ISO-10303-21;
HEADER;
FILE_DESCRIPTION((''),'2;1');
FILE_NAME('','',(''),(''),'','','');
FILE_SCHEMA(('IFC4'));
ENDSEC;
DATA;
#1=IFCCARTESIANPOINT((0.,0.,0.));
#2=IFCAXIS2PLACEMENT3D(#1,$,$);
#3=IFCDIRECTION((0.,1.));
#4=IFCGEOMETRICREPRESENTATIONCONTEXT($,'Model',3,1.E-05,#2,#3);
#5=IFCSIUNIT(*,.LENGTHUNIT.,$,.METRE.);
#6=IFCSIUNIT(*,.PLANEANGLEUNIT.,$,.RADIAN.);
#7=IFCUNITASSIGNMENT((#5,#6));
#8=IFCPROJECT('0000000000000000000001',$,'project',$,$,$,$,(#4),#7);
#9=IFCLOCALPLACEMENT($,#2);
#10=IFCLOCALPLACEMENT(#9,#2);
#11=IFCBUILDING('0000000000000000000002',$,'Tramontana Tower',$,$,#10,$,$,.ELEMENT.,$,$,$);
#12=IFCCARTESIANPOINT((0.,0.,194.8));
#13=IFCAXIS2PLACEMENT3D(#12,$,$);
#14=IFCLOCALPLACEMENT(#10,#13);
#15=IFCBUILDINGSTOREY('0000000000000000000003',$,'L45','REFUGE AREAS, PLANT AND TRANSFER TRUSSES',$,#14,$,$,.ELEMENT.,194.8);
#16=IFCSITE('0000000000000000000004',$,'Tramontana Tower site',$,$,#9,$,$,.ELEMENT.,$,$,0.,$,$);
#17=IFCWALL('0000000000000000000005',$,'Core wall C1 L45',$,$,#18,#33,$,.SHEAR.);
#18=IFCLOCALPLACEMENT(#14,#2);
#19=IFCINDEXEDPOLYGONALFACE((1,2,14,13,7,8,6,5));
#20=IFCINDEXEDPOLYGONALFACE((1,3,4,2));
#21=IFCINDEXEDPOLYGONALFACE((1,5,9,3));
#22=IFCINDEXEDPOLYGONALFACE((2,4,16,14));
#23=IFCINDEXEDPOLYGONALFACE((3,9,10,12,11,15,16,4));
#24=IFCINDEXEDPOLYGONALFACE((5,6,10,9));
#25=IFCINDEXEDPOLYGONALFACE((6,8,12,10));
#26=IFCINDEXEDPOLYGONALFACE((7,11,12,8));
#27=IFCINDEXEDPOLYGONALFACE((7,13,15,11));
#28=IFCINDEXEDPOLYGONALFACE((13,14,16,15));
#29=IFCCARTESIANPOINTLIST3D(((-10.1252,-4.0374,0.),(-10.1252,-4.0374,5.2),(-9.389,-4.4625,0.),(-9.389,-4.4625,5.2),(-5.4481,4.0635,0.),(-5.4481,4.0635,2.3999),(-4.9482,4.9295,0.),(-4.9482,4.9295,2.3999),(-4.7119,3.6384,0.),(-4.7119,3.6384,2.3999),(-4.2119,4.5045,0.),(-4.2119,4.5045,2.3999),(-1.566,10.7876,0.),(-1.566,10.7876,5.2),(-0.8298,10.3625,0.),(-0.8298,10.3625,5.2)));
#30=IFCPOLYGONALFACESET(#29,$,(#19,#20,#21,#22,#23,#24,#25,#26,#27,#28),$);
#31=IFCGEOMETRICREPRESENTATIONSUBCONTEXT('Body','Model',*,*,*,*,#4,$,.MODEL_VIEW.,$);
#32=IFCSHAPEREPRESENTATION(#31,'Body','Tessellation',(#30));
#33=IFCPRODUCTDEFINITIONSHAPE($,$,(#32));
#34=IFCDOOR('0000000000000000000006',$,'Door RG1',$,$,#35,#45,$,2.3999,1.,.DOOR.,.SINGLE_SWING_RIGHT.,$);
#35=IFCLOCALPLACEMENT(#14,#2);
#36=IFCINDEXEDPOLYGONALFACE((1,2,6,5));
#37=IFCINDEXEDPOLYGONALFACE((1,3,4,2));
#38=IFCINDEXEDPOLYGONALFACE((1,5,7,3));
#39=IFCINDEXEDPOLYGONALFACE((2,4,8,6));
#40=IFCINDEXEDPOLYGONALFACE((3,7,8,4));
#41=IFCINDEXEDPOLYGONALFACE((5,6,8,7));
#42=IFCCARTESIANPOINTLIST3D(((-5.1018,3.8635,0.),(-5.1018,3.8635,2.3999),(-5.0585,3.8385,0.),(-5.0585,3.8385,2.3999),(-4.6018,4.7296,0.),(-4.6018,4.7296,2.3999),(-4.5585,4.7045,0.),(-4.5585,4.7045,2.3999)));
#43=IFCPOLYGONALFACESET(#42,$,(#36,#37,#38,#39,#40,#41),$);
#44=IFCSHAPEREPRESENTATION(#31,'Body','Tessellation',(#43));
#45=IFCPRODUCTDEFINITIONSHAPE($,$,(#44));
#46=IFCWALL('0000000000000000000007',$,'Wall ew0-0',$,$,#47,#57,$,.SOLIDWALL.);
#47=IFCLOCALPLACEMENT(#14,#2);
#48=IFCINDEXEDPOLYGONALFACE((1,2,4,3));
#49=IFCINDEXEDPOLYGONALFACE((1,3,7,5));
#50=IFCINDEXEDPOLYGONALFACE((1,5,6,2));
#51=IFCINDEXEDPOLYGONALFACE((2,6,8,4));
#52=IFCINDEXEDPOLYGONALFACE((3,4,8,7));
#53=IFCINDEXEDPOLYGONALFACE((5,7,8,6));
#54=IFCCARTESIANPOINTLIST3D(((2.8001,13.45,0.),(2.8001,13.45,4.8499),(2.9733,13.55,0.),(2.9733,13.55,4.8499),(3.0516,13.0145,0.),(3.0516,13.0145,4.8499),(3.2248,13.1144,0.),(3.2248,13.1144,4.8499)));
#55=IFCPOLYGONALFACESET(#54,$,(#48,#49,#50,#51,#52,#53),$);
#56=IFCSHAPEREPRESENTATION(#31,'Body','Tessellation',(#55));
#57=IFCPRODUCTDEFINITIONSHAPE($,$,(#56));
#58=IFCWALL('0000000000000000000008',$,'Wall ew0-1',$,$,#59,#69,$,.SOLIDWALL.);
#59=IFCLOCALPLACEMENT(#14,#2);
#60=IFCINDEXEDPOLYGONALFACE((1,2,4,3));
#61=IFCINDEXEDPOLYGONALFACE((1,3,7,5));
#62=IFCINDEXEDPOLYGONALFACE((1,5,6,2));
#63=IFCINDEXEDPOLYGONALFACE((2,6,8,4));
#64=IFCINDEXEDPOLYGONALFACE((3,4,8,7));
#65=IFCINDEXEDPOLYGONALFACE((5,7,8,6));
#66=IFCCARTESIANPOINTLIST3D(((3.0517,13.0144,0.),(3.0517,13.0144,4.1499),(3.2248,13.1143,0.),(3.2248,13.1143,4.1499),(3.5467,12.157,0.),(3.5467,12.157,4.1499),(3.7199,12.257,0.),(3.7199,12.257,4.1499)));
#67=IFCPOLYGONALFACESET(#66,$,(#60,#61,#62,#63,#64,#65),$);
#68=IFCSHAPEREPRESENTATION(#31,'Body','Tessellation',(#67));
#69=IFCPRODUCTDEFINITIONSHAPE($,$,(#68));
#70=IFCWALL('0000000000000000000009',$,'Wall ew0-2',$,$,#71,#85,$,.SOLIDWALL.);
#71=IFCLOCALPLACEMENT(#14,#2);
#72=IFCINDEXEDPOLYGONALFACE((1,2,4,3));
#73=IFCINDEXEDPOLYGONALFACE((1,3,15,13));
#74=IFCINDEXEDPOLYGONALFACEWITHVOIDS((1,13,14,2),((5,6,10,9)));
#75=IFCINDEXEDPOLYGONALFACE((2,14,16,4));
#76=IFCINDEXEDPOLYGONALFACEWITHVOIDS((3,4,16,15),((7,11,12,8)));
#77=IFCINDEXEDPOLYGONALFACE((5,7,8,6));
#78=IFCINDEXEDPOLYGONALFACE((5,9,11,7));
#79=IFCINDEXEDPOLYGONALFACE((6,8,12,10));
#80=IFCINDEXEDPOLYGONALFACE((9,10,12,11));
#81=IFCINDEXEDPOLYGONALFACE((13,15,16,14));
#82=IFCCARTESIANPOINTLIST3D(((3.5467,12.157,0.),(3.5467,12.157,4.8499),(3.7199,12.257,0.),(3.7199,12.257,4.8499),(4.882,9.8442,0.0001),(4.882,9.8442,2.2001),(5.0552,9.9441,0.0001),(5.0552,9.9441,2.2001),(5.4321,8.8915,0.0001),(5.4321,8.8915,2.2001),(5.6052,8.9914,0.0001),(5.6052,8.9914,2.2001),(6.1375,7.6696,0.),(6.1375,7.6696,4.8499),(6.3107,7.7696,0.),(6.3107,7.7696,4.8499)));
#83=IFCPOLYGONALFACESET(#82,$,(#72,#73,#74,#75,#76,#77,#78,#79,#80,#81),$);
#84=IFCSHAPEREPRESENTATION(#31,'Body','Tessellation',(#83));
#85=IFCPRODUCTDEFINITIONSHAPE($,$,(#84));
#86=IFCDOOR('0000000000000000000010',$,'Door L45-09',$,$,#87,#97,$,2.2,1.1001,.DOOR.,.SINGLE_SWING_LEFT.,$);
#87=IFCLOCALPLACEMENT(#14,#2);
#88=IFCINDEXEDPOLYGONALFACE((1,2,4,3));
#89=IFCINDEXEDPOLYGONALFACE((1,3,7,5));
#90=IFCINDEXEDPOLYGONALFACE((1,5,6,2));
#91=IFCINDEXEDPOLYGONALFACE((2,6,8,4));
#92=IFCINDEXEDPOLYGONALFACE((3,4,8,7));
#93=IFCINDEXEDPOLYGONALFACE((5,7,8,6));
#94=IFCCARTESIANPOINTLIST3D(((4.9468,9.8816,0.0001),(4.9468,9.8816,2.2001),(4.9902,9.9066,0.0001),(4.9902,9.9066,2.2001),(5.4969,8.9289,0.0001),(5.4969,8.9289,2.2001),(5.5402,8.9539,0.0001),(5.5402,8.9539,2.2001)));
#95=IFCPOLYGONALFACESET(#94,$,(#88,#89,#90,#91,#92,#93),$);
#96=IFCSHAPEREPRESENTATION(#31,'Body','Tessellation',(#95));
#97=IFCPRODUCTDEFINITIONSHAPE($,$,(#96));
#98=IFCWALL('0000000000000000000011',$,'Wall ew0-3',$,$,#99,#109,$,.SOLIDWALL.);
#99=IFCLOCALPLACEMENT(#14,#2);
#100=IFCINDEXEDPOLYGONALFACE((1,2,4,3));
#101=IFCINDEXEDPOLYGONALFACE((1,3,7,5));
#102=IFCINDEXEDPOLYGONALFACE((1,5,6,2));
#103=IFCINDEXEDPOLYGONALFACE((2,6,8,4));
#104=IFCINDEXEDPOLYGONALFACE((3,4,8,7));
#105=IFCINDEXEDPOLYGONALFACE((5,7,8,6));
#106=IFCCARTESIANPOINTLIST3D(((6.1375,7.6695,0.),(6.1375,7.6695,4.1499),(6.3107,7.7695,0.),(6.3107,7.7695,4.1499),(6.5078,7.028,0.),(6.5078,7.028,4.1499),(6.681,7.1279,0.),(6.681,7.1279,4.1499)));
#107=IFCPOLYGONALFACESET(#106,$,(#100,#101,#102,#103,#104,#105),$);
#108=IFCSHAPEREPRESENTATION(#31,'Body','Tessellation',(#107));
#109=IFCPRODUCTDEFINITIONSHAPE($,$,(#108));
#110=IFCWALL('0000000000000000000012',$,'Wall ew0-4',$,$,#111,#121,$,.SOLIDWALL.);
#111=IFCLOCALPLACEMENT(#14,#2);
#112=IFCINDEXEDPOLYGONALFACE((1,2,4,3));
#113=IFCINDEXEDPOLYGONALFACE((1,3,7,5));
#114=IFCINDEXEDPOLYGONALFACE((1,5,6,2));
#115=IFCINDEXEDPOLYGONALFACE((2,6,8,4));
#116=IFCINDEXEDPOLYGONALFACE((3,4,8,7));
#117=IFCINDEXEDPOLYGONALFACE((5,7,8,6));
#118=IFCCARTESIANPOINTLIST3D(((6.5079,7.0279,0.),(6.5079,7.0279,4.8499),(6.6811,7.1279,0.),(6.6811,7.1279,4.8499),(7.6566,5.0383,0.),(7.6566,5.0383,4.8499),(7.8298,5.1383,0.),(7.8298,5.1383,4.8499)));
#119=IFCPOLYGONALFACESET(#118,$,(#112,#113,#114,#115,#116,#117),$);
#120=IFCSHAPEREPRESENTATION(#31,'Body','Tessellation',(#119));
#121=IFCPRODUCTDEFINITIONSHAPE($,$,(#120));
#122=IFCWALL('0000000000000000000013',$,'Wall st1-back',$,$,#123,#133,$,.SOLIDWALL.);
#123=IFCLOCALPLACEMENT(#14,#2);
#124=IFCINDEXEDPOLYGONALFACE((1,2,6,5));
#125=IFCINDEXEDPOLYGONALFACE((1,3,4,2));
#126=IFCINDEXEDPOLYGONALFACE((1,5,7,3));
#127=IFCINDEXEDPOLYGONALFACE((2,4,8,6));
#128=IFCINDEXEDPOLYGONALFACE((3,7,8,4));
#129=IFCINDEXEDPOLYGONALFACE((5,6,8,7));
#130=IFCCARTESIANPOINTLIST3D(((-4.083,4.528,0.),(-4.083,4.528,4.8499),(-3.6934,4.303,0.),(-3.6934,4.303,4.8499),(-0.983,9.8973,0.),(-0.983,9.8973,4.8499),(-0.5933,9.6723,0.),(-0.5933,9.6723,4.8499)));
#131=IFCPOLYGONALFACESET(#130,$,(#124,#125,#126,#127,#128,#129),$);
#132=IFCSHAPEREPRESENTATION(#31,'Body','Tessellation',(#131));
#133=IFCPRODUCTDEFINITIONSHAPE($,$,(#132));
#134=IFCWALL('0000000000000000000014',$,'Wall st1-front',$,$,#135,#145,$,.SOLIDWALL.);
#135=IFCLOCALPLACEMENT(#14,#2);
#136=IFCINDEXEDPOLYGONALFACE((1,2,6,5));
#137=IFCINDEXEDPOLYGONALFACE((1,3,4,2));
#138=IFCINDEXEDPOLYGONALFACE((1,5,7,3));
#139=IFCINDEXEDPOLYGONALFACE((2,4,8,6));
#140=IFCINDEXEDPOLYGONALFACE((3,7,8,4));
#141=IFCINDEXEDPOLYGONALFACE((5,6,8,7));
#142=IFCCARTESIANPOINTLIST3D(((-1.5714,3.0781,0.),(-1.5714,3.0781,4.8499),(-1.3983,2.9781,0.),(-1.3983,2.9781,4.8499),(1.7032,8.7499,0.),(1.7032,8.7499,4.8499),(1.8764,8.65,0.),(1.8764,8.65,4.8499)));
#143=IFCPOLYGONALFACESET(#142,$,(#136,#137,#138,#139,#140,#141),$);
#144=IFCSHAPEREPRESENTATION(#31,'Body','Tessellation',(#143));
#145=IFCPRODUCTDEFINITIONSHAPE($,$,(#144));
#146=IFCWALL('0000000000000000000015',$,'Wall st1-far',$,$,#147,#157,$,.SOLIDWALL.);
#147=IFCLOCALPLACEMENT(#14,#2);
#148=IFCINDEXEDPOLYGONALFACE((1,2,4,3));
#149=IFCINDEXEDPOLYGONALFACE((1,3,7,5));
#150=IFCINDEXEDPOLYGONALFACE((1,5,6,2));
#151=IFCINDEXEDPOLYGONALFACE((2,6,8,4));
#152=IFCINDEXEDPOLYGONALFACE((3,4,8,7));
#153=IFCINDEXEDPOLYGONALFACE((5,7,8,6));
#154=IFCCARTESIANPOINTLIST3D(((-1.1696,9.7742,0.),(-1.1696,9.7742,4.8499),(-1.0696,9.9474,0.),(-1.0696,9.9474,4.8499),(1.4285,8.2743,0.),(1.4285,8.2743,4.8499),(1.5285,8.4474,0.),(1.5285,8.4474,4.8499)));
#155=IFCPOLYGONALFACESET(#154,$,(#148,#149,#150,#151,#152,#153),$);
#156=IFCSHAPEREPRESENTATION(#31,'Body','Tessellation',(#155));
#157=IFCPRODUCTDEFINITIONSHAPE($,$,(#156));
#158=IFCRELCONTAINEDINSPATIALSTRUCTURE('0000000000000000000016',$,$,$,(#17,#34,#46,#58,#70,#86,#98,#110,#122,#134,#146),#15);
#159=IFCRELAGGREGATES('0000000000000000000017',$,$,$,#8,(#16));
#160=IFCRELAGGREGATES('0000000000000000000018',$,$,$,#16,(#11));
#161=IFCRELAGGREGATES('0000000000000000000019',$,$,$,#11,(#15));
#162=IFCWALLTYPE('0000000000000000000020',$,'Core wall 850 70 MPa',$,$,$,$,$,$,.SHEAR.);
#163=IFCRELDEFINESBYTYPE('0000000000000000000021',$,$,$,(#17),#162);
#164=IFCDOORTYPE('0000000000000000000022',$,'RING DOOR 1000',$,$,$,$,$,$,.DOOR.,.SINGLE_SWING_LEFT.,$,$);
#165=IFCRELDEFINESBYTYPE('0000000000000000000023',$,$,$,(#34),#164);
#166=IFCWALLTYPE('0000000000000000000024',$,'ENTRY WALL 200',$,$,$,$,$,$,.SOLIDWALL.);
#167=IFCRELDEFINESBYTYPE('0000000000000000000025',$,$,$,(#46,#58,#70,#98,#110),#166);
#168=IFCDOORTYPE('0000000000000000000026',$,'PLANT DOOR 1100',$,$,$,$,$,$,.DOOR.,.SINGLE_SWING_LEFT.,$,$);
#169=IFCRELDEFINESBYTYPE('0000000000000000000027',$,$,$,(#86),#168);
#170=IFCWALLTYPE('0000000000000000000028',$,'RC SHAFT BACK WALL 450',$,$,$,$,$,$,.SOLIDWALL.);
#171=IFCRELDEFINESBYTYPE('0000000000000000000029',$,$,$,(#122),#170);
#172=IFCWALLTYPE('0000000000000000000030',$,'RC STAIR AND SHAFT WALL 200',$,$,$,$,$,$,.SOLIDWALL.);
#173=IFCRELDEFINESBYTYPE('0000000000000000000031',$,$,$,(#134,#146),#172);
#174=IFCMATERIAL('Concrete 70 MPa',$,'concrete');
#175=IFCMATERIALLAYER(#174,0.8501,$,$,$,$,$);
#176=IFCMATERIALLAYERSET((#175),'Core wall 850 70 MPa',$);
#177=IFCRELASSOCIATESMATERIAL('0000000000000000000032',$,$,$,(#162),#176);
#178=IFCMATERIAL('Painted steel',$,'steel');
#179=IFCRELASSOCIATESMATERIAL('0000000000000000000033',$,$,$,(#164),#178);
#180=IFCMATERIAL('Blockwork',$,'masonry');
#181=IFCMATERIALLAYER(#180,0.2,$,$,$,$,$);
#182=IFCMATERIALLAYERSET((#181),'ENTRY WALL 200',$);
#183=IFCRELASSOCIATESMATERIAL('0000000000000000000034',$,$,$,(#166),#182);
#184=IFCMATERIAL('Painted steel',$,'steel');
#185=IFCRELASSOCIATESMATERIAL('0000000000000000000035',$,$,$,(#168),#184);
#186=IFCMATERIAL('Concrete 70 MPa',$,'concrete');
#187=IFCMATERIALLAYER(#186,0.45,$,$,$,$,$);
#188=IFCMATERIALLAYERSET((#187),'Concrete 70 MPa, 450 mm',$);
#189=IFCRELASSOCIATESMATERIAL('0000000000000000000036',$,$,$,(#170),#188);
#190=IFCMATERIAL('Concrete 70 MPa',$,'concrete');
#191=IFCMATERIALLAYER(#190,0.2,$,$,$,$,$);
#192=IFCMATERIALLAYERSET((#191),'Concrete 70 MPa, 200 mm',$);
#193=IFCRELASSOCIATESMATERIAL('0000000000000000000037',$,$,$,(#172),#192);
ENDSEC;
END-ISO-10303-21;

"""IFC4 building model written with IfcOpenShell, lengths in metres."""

from ifc_helpers import new_model, si_unit, direction, frame, frame_2d, origin, place, context, subcontext, project, spatial, rectangle, extrude, material, layer, layer_set, type_object, element, fill, save


model = new_model("IFC4")

# Units and contexts
model_context = context("Model", 3, precision=1e-05, world=origin(), true_north=direction((0.0, 1.0)))
body_context = subcontext(model_context, "Body", "Model", "MODEL_VIEW")
ifc_project = project(units=[si_unit("LENGTHUNIT", "METRE"), si_unit("PLANEANGLEUNIT", "RADIAN")], contexts=[model_context])

# Site, building, storey
site_placement = place(None, origin())
site = spatial("IfcSite", under=ifc_project, at=site_placement, Name="Tramontana Tower site", CompositionType="ELEMENT", RefElevation=0.0)
building_placement = place(site_placement, origin())
building = spatial("IfcBuilding", under=site, at=building_placement, Name="Tramontana Tower", CompositionType="ELEMENT")
storey_placement = place(building_placement, frame((0.0, 0.0, 194.8)))
storey = spatial("IfcBuildingStorey", under=building, at=storey_placement, Name="L45", Description="REFUGE AREAS, PLANT AND TRANSFER TRUSSES", CompositionType="ELEMENT", Elevation=194.8)

# Shared definitions
ifc_material_1 = material(Name="Concrete 70 MPa", Category="concrete")
ifc_layer_1 = layer(ifc_material_1, 0.8501)
ifc_layer_set_1 = layer_set([ifc_layer_1], Name="Core wall 850 70 MPa")
wall_type_1 = type_object("IfcWallType", Name="Core wall 850 70 MPa", PredefinedType="SHEAR", material=ifc_layer_set_1)

# Wall, opening, door
wall_1_placement = place(storey_placement, frame((-1.198, 10.575, 0.0), z_axis=(0.0, 0.0, 1.0), x_axis=(-0.499995, -0.866028, 0.0)))
wall_1 = element("IfcWall", 1, at=wall_1_placement, inside=storey, type_object=wall_type_1, Name="Core wall C1 L45", PredefinedType="SHEAR", context=body_context, shape_type="SweptSolid", body=[
    extrude(rectangle(XDim=17.1184, YDim=0.8501, at=frame_2d((8.5591, 0.0))), origin(), (0.0, 0.0, 1.0), 5.2),
])
opening_1_placement = place(wall_1_placement, frame((6.7642, 0.0, 0.0)))
opening_1 = element("IfcOpeningElement", 2, at=opening_1_placement, cuts=wall_1, PredefinedType="OPENING", context=body_context, shape_type="SweptSolid", body=[
    extrude(rectangle(XDim=1.0, YDim=2.3999, at=frame_2d((0.5, 1.2))), frame((0.0, 0.4351, 0.0), z_axis=(0.0, -1.0, 0.0), x_axis=(1.0, 0.0, 0.0)), (0.0, 0.0, 1.0), 0.8701),
])
ifc_material_2 = material(Name="Painted steel", Category="steel")
door_type_1 = type_object("IfcDoorType", Name="RING DOOR 1000", OperationType="SINGLE_SWING_LEFT", PredefinedType="DOOR", material=ifc_material_2)
door_1_placement = place(opening_1_placement, origin())
door_1 = element("IfcDoor", 3, at=door_1_placement, inside=storey, type_object=door_type_1, Name="Door RG1", OperationType="SINGLE_SWING_RIGHT", OverallHeight=2.3999, OverallWidth=1.0, PredefinedType="DOOR", context=body_context, shape_type="SweptSolid", body=[
    extrude(rectangle(XDim=1.0, YDim=2.3999, at=frame_2d((0.5, 1.2))), frame((0.0, 0.0249, 0.0), z_axis=(0.0, -1.0, 0.0), x_axis=(1.0, 0.0, 0.0)), (0.0, 0.0, 1.0), 0.05),
])
fill(opening_1, door_1)

# Walls
ifc_material_3 = material(Name="Blockwork", Category="masonry")
ifc_layer_2 = layer(ifc_material_3, 0.2)
ifc_layer_set_2 = layer_set([ifc_layer_2], Name="ENTRY WALL 200")
wall_type_2 = type_object("IfcWallType", Name="ENTRY WALL 200", PredefinedType="SOLIDWALL", material=ifc_layer_set_2)
wall_2_placement = place(storey_placement, frame((2.8867, 13.5, 0.0), z_axis=(0.0, 0.0, 1.0), x_axis=(0.500003, -0.866024, 0.0)))
element("IfcWall", 4, at=wall_2_placement, inside=storey, type_object=wall_type_2, Name="Wall ew0-0", PredefinedType="SOLIDWALL", context=body_context, shape_type="SweptSolid", body=[
    extrude(rectangle(XDim=0.5029, YDim=0.2, at=frame_2d((0.2515, 0.0))), origin(), (0.0, 0.0, 1.0), 4.8499),
])
wall_3_placement = place(storey_placement, frame((3.1382, 13.0645, 0.0), z_axis=(0.0, 0.0, 1.0), x_axis=(0.500064, -0.865988, 0.0)))
element("IfcWall", 5, at=wall_3_placement, inside=storey, type_object=wall_type_2, Name="Wall ew0-1", PredefinedType="SOLIDWALL", context=body_context, shape_type="SweptSolid", body=[
    extrude(rectangle(XDim=0.99, YDim=0.2, at=frame_2d((0.4951, 0.0))), origin(), (0.0, 0.0, 1.0), 4.1499),
])

# Wall, opening, door
wall_4_placement = place(storey_placement, frame((3.6333, 12.207, 0.0), z_axis=(0.0, 0.0, 1.0), x_axis=(0.49999, -0.866031, 0.0)))
wall_4 = element("IfcWall", 6, at=wall_4_placement, inside=storey, type_object=wall_type_2, Name="Wall ew0-2", PredefinedType="SOLIDWALL", context=body_context, shape_type="SweptSolid", body=[
    extrude(rectangle(XDim=5.1816, YDim=0.2, at=frame_2d((2.5908, 0.0))), origin(), (0.0, 0.0, 1.0), 4.8499),
])
opening_2_placement = place(wall_4_placement, frame((2.6707, 0.0, 0.0)))
opening_2 = element("IfcOpeningElement", 7, at=opening_2_placement, cuts=wall_4, PredefinedType="OPENING", context=body_context, shape_type="SweptSolid", body=[
    extrude(rectangle(XDim=1.1001, YDim=2.2, at=frame_2d((0.55, 1.1001))), frame((0.0, 0.1099, 0.0), z_axis=(0.0, -1.0, 0.0), x_axis=(1.0, 0.0, 0.0)), (0.0, 0.0, 1.0), 0.22),
])
ifc_material_4 = material(Name="Painted steel", Category="steel")
door_type_2 = type_object("IfcDoorType", Name="PLANT DOOR 1100", OperationType="SINGLE_SWING_LEFT", PredefinedType="DOOR", material=ifc_material_4)
door_2_placement = place(opening_2_placement, origin())
door_2 = element("IfcDoor", 8, at=door_2_placement, inside=storey, type_object=door_type_2, Name="Door L45-09", OperationType="SINGLE_SWING_LEFT", OverallHeight=2.2, OverallWidth=1.1001, PredefinedType="DOOR", context=body_context, shape_type="SweptSolid", body=[
    extrude(rectangle(XDim=1.1001, YDim=2.2, at=frame_2d((0.55, 1.1001))), frame((0.0, 0.0249, 0.0), z_axis=(0.0, -1.0, 0.0), x_axis=(1.0, 0.0, 0.0)), (0.0, 0.0, 1.0), 0.05),
])
fill(opening_2, door_2)

# Walls
wall_5_placement = place(storey_placement, frame((6.2241, 7.7195, 0.0), z_axis=(0.0, 0.0, 1.0), x_axis=(0.499932, -0.866065, 0.0)))
element("IfcWall", 9, at=wall_5_placement, inside=storey, type_object=wall_type_2, Name="Wall ew0-3", PredefinedType="SOLIDWALL", context=body_context, shape_type="SweptSolid", body=[
    extrude(rectangle(XDim=0.7407, YDim=0.2, at=frame_2d((0.3704, 0.0))), origin(), (0.0, 0.0, 1.0), 4.1499),
])
wall_6_placement = place(storey_placement, frame((6.5945, 7.0779, 0.0), z_axis=(0.0, 0.0, 1.0), x_axis=(0.500014, -0.866017, 0.0)))
element("IfcWall", 10, at=wall_6_placement, inside=storey, type_object=wall_type_2, Name="Wall ew0-4", PredefinedType="SOLIDWALL", context=body_context, shape_type="SweptSolid", body=[
    extrude(rectangle(XDim=2.2974, YDim=0.2, at=frame_2d((1.1487, 0.0))), origin(), (0.0, 0.0, 1.0), 4.8499),
])
ifc_material_5 = material(Name="Concrete 70 MPa", Category="concrete")
ifc_layer_3 = layer(ifc_material_5, 0.45)
ifc_layer_set_3 = layer_set([ifc_layer_3], Name="Concrete 70 MPa, 450 mm")
wall_type_3 = type_object("IfcWallType", Name="RC SHAFT BACK WALL 450", PredefinedType="SOLIDWALL", material=ifc_layer_set_3)
wall_7_placement = place(storey_placement, frame((-0.7881, 9.7849, 0.0), z_axis=(0.0, 0.0, 1.0), x_axis=(-0.50001, -0.86602, 0.0)))
element("IfcWall", 11, at=wall_7_placement, inside=storey, type_object=wall_type_3, Name="Wall st1-back", PredefinedType="SOLIDWALL", context=body_context, shape_type="SweptSolid", body=[
    extrude(rectangle(XDim=6.2, YDim=0.45, at=frame_2d((3.1001, 0.0))), origin(), (0.0, 0.0, 1.0), 4.8499),
])
ifc_material_6 = material(Name="Concrete 70 MPa", Category="concrete")
ifc_layer_4 = layer(ifc_material_6, 0.2)
ifc_layer_set_4 = layer_set([ifc_layer_4], Name="Concrete 70 MPa, 200 mm")
wall_type_4 = type_object("IfcWallType", Name="RC STAIR AND SHAFT WALL 200", PredefinedType="SOLIDWALL", material=ifc_layer_set_4)
wall_8_placement = place(storey_placement, frame((1.7898, 8.7, 0.0), z_axis=(0.0, 0.0, 1.0), x_axis=(-0.5, -0.866025, 0.0)))
element("IfcWall", 12, at=wall_8_placement, inside=storey, type_object=wall_type_4, Name="Wall st1-front", PredefinedType="SOLIDWALL", context=body_context, shape_type="SweptSolid", body=[
    extrude(rectangle(XDim=6.5493, YDim=0.2, at=frame_2d((3.2747, 0.0))), origin(), (0.0, 0.0, 1.0), 4.8499),
])
wall_9_placement = place(storey_placement, frame((1.4785, 8.3608, 0.0), z_axis=(0.0, 0.0, 1.0), x_axis=(-0.866031, 0.49999, 0.0)))
element("IfcWall", 13, at=wall_9_placement, inside=storey, type_object=wall_type_4, Name="Wall st1-far", PredefinedType="SOLIDWALL", context=body_context, shape_type="SweptSolid", body=[
    extrude(rectangle(XDim=3.0, YDim=0.2, at=frame_2d((1.5, 0.0))), origin(), (0.0, 0.0, 1.0), 4.8499),
])

save(model, "model.ifc")
